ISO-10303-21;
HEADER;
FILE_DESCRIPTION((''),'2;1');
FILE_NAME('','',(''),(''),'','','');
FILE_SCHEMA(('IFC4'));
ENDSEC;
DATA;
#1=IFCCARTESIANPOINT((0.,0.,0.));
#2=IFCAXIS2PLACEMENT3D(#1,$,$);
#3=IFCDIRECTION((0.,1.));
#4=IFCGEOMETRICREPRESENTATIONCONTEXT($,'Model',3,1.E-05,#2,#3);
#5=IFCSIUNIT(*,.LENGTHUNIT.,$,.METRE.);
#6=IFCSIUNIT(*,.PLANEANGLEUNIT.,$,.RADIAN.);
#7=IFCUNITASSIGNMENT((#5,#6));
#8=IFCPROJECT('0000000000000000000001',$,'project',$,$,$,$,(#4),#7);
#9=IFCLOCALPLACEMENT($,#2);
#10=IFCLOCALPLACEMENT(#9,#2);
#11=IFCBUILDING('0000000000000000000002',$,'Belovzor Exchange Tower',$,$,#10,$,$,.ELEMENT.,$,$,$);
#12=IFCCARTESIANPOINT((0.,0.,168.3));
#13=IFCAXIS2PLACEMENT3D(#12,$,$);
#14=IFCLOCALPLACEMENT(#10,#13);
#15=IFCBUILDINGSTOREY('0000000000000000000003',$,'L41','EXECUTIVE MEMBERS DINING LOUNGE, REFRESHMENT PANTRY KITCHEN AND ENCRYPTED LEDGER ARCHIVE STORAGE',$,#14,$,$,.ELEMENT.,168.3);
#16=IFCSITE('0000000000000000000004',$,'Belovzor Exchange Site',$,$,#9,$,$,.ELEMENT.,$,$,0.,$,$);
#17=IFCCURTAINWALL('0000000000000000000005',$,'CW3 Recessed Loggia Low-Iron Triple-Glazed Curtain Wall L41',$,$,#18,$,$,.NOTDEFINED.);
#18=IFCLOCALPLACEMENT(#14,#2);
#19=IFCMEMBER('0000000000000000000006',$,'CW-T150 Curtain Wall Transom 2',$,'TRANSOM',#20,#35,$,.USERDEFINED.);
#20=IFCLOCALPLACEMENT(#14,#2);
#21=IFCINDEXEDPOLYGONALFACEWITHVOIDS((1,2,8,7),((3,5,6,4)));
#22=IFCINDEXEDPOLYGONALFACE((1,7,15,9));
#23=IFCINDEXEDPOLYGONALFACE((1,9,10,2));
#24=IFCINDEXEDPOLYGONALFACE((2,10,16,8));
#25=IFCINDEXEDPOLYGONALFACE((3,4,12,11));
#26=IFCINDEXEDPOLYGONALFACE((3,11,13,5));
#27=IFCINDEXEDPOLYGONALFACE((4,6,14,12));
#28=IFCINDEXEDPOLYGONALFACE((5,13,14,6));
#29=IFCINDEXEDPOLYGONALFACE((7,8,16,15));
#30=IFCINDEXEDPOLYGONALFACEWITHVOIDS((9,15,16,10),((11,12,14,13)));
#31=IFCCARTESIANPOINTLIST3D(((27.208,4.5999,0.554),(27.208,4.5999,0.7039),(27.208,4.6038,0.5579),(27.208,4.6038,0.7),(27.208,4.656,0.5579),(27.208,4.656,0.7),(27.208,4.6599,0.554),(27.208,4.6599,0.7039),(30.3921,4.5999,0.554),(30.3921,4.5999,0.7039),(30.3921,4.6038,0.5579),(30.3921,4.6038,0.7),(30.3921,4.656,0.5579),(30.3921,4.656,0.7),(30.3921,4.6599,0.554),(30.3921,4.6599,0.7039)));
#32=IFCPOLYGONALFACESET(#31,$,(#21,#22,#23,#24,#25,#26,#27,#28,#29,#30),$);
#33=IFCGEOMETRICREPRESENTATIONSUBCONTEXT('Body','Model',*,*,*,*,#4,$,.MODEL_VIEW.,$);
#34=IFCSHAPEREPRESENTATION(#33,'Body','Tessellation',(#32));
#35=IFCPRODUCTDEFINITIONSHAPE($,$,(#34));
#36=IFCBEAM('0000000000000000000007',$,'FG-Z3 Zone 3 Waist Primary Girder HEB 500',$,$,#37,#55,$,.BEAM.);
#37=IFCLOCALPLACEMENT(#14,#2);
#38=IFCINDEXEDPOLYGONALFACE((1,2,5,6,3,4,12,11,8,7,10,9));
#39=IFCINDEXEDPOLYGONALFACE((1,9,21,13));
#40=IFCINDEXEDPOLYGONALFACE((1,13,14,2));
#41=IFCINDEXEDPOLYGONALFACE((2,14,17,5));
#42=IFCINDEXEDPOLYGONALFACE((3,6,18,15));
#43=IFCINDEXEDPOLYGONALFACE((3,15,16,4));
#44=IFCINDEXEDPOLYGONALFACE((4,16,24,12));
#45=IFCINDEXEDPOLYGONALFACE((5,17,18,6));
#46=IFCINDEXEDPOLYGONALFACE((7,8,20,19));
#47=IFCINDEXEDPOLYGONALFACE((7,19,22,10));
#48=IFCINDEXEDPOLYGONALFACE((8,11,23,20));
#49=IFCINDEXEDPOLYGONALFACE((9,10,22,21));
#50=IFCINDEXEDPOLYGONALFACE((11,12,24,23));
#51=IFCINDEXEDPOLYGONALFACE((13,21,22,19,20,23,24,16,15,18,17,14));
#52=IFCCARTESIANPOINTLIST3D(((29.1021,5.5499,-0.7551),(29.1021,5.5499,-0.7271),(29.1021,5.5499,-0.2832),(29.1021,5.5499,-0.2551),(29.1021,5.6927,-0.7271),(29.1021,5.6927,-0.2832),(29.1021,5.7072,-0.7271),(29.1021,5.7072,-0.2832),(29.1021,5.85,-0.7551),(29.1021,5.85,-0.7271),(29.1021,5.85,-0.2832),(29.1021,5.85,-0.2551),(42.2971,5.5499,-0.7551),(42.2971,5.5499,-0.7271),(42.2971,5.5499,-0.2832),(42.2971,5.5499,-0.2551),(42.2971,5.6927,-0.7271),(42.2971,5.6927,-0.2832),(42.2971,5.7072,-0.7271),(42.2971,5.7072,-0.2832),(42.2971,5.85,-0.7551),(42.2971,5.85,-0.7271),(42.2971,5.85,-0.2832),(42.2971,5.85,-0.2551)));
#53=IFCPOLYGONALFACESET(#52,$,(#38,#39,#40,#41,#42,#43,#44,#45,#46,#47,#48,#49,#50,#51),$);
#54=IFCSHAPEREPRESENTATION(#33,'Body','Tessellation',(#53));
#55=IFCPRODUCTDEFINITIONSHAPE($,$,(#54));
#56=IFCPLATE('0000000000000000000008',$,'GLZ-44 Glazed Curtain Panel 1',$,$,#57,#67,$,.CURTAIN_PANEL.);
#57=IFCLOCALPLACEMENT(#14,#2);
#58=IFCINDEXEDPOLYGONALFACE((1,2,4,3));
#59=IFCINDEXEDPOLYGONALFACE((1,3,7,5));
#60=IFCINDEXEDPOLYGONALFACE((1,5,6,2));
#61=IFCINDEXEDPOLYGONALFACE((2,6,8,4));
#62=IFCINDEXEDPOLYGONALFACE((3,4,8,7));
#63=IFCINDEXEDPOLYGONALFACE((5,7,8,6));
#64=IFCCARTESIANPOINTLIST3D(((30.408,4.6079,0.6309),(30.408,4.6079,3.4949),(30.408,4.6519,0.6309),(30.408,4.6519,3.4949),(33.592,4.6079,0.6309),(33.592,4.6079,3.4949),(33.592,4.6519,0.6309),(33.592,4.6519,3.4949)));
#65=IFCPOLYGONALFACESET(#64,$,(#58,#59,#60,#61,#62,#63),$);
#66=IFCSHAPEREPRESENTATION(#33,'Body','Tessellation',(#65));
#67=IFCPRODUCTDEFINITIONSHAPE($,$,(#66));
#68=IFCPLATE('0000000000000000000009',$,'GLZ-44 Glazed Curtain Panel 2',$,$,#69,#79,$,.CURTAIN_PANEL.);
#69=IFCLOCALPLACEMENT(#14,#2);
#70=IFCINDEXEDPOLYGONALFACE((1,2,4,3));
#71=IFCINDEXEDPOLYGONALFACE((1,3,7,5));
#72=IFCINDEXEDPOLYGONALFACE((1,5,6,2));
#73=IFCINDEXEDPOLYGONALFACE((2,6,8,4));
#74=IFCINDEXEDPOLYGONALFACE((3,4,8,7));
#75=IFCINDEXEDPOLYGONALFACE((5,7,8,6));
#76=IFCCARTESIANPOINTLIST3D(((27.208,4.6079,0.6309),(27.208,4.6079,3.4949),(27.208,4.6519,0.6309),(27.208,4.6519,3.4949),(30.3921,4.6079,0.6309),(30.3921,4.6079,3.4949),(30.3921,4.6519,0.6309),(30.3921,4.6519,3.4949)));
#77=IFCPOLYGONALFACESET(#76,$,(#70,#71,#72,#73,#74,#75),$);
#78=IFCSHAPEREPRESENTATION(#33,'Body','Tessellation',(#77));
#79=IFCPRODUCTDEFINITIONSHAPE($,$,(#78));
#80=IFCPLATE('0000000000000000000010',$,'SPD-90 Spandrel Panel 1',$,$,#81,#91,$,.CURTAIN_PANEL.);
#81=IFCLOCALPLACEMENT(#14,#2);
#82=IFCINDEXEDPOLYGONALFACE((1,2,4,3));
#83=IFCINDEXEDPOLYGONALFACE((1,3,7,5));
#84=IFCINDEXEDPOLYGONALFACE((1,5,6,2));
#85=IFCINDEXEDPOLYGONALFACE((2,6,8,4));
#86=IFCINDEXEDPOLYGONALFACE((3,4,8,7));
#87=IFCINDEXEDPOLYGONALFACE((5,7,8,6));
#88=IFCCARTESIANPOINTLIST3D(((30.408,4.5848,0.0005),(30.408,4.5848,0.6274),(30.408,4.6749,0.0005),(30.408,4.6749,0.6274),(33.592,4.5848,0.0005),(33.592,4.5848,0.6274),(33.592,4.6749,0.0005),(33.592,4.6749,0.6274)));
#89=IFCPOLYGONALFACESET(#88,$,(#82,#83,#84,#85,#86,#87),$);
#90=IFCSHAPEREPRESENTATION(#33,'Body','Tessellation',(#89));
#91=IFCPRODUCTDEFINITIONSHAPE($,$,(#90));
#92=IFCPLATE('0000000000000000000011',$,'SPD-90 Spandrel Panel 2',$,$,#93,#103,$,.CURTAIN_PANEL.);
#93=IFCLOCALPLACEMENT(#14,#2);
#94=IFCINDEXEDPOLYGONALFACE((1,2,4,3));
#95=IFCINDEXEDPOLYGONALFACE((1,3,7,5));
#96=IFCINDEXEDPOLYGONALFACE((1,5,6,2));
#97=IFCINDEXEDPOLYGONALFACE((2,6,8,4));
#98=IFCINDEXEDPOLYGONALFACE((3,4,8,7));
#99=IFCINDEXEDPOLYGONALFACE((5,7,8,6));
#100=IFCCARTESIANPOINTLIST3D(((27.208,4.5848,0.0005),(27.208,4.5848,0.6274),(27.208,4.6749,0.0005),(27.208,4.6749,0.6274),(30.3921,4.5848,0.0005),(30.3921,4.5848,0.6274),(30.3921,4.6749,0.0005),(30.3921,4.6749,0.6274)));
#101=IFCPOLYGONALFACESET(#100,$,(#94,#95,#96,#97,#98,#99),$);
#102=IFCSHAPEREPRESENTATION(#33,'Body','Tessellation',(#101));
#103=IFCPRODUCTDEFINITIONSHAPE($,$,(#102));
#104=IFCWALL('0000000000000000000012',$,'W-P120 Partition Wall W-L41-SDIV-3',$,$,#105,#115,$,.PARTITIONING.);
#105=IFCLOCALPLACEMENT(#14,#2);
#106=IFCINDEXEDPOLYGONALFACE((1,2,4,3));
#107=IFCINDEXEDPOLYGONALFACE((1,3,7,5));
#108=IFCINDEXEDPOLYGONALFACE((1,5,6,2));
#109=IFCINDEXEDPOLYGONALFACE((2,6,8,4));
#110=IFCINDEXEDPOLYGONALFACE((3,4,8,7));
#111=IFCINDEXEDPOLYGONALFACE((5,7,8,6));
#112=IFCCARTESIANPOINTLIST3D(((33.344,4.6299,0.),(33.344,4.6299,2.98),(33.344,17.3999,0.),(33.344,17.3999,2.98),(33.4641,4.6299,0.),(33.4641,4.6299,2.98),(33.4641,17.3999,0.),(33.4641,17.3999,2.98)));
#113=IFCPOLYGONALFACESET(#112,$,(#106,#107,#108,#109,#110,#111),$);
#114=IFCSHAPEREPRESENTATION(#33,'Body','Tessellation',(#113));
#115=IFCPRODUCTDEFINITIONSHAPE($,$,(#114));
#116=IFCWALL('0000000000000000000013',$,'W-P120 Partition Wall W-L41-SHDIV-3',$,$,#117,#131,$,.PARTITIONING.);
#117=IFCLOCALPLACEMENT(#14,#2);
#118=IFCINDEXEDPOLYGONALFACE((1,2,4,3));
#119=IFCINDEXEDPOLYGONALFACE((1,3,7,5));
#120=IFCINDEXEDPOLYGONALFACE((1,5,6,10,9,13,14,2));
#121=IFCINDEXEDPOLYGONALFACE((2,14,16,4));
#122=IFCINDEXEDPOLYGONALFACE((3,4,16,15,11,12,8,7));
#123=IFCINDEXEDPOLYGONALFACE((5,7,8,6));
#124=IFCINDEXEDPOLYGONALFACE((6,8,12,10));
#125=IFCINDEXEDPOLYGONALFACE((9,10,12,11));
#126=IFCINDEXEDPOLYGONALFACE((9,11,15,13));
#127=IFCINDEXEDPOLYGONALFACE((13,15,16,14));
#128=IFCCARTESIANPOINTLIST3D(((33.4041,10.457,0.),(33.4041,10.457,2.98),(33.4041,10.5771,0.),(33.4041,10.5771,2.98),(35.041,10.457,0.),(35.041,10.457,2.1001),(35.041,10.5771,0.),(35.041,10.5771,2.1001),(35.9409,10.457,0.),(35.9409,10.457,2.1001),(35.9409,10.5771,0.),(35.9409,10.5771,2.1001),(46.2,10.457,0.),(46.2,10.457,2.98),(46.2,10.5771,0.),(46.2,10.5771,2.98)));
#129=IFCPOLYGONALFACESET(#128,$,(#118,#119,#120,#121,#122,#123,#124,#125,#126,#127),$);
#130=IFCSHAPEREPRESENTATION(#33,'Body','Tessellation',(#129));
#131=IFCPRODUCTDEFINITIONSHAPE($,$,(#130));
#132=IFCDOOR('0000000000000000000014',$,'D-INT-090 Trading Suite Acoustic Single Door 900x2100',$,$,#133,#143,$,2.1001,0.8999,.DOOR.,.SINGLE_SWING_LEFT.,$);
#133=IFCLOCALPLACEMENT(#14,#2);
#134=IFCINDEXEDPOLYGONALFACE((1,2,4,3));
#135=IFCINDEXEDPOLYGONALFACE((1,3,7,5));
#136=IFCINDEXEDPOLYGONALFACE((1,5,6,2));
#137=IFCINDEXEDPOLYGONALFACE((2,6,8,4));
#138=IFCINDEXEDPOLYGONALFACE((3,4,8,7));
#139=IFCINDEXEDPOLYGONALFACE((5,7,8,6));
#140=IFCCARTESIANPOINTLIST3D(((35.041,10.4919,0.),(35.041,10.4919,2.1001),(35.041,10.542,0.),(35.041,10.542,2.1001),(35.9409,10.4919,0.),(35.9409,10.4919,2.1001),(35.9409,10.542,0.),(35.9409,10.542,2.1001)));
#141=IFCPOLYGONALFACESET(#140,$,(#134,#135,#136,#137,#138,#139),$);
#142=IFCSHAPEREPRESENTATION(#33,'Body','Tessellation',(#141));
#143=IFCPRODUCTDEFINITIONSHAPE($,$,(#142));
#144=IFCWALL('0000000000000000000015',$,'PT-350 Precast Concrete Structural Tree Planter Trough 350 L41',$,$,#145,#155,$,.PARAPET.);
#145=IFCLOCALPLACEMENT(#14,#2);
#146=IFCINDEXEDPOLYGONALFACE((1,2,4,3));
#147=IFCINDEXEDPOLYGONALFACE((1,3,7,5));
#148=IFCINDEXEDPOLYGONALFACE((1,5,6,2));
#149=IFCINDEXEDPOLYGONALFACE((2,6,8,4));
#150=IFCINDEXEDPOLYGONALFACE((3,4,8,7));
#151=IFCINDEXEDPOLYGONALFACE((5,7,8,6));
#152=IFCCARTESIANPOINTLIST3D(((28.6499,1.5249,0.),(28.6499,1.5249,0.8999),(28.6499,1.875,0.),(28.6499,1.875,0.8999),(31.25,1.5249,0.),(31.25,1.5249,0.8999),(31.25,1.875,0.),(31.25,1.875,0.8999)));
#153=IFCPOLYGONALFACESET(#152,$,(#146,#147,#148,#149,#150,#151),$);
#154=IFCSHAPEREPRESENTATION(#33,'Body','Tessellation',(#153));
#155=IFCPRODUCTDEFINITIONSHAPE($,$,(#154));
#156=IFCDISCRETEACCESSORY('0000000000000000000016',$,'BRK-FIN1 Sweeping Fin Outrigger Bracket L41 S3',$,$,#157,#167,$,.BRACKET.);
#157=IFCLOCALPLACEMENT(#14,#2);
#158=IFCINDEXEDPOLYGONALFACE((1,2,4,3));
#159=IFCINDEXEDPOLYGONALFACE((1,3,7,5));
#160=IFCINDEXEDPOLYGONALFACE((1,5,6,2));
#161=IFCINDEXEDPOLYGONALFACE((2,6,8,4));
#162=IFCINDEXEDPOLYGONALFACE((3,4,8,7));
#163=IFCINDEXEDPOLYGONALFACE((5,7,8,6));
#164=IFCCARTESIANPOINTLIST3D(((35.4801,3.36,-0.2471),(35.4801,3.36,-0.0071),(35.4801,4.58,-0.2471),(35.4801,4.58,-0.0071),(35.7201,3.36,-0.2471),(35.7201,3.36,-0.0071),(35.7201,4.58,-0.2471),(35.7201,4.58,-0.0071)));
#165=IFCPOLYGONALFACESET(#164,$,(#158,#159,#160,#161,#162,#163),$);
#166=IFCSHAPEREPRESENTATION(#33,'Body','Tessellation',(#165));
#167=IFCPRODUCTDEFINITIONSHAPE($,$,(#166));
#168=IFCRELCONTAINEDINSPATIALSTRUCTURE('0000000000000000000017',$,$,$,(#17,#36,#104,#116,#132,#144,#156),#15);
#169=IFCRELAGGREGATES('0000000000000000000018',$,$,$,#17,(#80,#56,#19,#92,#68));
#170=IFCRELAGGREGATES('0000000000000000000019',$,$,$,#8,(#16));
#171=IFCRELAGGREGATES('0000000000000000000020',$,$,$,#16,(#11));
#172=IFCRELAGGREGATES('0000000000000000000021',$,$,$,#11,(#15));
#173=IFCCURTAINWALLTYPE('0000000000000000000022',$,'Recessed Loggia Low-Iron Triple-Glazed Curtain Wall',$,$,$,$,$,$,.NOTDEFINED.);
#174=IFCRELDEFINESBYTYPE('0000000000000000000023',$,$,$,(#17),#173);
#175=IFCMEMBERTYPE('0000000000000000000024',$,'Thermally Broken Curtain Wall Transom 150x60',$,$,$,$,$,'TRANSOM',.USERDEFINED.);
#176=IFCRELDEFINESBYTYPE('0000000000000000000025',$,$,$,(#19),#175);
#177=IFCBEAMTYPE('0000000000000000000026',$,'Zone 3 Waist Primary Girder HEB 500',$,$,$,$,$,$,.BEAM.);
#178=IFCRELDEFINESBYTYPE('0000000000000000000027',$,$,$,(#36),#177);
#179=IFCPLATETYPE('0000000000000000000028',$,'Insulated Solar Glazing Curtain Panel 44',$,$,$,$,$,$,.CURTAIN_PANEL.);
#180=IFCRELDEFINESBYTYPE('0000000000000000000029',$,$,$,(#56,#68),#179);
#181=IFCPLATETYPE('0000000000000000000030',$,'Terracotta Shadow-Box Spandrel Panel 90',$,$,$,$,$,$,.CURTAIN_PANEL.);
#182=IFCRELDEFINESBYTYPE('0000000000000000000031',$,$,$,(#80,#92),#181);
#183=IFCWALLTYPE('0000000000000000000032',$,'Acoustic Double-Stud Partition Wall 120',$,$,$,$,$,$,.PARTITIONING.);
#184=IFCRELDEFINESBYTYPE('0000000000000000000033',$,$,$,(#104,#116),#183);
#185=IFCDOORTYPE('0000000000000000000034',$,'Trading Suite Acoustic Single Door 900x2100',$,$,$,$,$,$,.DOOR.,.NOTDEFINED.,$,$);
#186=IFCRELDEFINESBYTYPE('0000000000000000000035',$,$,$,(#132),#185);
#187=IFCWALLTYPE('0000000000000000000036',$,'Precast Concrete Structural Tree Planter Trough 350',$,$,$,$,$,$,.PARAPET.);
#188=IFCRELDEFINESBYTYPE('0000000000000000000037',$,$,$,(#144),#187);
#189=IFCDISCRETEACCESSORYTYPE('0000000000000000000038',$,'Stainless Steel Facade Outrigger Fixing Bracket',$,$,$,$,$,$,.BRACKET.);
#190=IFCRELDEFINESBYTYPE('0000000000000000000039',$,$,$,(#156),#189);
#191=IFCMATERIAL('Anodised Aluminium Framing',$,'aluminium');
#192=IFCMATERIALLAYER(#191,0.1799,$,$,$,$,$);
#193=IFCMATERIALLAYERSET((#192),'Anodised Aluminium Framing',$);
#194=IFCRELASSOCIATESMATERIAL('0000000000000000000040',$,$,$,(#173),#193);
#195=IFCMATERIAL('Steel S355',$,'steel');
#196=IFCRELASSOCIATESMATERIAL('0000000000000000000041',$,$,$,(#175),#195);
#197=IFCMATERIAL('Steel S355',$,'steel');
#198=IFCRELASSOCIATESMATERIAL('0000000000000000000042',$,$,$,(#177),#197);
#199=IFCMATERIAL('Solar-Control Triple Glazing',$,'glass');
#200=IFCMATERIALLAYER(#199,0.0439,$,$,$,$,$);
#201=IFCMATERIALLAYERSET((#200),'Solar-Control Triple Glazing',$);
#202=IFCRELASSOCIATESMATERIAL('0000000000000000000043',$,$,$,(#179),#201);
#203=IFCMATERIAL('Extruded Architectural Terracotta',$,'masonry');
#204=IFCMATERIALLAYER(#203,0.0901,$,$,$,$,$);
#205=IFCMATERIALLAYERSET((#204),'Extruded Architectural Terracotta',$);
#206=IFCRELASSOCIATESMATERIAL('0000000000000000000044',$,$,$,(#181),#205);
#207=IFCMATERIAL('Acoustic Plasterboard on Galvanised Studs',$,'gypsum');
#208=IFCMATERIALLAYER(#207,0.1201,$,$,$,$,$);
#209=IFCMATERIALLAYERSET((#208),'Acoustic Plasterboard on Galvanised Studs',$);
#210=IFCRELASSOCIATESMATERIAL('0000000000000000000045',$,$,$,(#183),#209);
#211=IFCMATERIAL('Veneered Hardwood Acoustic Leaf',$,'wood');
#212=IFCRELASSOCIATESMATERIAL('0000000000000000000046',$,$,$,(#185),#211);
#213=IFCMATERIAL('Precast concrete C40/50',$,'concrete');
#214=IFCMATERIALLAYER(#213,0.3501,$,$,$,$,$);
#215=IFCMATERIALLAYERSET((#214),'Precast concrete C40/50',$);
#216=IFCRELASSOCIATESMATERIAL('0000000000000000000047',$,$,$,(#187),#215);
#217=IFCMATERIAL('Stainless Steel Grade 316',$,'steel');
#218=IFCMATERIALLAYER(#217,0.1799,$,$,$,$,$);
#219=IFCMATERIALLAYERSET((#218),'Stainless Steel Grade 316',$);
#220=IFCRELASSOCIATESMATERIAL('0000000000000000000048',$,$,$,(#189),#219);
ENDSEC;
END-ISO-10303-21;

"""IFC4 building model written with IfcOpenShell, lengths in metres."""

from ifc_helpers import new_model, si_unit, direction, frame, frame_2d, origin, origin_2d, place, context, subcontext, project, spatial, rectangle, hollow_rectangle, i_section, extrude, material, layer, layer_set, material_profile, profile_set, type_object, element, fill, aggregate, save


model = new_model("IFC4")

# Units and contexts
model_context = context("Model", 3, precision=1e-05, world=origin(), true_north=direction((0.0, 1.0)))
body_context = subcontext(model_context, "Body", "Model", "MODEL_VIEW")
ifc_project = project(units=[si_unit("LENGTHUNIT", "METRE"), si_unit("PLANEANGLEUNIT", "RADIAN")], contexts=[model_context])

# Site, building, storey
site_placement = place(None, origin())
site = spatial("IfcSite", under=ifc_project, at=site_placement, Name="Belovzor Exchange Site", CompositionType="ELEMENT", RefElevation=0.0)
building_placement = place(site_placement, origin())
building = spatial("IfcBuilding", under=site, at=building_placement, Name="Belovzor Exchange Tower", CompositionType="ELEMENT")
storey_placement = place(building_placement, frame((0.0, 0.0, 168.3)))
storey = spatial("IfcBuildingStorey", under=building, at=storey_placement, Name="L41", Description="EXECUTIVE MEMBERS DINING LOUNGE, REFRESHMENT PANTRY KITCHEN AND ENCRYPTED LEDGER ARCHIVE STORAGE", CompositionType="ELEMENT", Elevation=168.3)

# Curtain wall, member
ifc_material_1 = material(Name="Anodised Aluminium Framing", Category="aluminium")
ifc_layer_1 = layer(ifc_material_1, 0.1799)
ifc_layer_set_1 = layer_set([ifc_layer_1], Name="Anodised Aluminium Framing")
curtain_wall_type = type_object("IfcCurtainWallType", Name="Recessed Loggia Low-Iron Triple-Glazed Curtain Wall", PredefinedType="NOTDEFINED", material=ifc_layer_set_1)
curtain_wall_placement = place(storey_placement, origin())
curtain_wall = element("IfcCurtainWall", 1, at=curtain_wall_placement, inside=storey, type_object=curtain_wall_type, Name="CW3 Recessed Loggia Low-Iron Triple-Glazed Curtain Wall L41", PredefinedType="NOTDEFINED")
ifc_material_2 = material(Name="Steel S355", Category="steel")
ifc_material_profile_1 = material_profile(ifc_material_2, hollow_rectangle(XDim=0.0601, YDim=0.1499, WallThickness=0.0039, at=origin_2d()))
ifc_profile_set_1 = profile_set([ifc_material_profile_1], Name="Steel S355")
member_type_1 = type_object("IfcMemberType", Name="Thermally Broken Curtain Wall Transom 150x60", ElementType="TRANSOM", PredefinedType="USERDEFINED", material=ifc_profile_set_1)
member_1_placement = place(storey_placement, frame((30.3921, 4.6299, 0.6289), z_axis=(-1.0, 0.0, 0.0), x_axis=(0.0, -1.0, 0.0)))
member_1 = element("IfcMember", 2, at=member_1_placement, type_object=member_type_1, Name="CW-T150 Curtain Wall Transom 2", ObjectType="TRANSOM", PredefinedType="USERDEFINED", context=body_context, shape_type="SweptSolid", body=[
    extrude(hollow_rectangle(XDim=0.0601, YDim=0.1499, WallThickness=0.0039, at=origin_2d()), origin(), (0.0, 0.0, 1.0), 3.1841),
])

# Beam
ifc_material_3 = material(Name="Steel S355", Category="steel")
ifc_material_profile_2 = material_profile(ifc_material_3, i_section(OverallWidth=0.3, OverallDepth=0.5, WebThickness=0.0144, FlangeThickness=0.0281, at=origin_2d()))
ifc_profile_set_2 = profile_set([ifc_material_profile_2], Name="Steel S355")
beam_type_1 = type_object("IfcBeamType", Name="Zone 3 Waist Primary Girder HEB 500", PredefinedType="BEAM", material=ifc_profile_set_2)
beam_1_placement = place(storey_placement, frame((29.1021, 5.7, -0.5051), z_axis=(1.0, 0.0, 0.0), x_axis=(0.0, 1.0, 0.0)))
element("IfcBeam", 3, at=beam_1_placement, inside=storey, type_object=beam_type_1, Name="FG-Z3 Zone 3 Waist Primary Girder HEB 500", PredefinedType="BEAM", context=body_context, shape_type="SweptSolid", body=[
    extrude(i_section(OverallWidth=0.3, OverallDepth=0.5, WebThickness=0.0144, FlangeThickness=0.0281, at=origin_2d()), origin(), (0.0, 0.0, 1.0), 13.1951),
])

# Plates
ifc_material_4 = material(Name="Solar-Control Triple Glazing", Category="glass")
ifc_layer_2 = layer(ifc_material_4, 0.0439)
ifc_layer_set_2 = layer_set([ifc_layer_2], Name="Solar-Control Triple Glazing")
plate_type_1 = type_object("IfcPlateType", Name="Insulated Solar Glazing Curtain Panel 44", PredefinedType="CURTAIN_PANEL", material=ifc_layer_set_2)
plate_1_placement = place(storey_placement, frame((32.0, 4.6299, 0.6309), z_axis=(0.0, 0.0, 1.0), x_axis=(-1.0, 0.0, 0.0)))
plate_1 = element("IfcPlate", 4, at=plate_1_placement, type_object=plate_type_1, Name="GLZ-44 Glazed Curtain Panel 1", PredefinedType="CURTAIN_PANEL", context=body_context, shape_type="SweptSolid", body=[
    extrude(rectangle(XDim=3.1841, YDim=0.0439, at=origin_2d()), origin(), (0.0, 0.0, 1.0), 2.864),
])
plate_2_placement = place(storey_placement, frame((28.8, 4.6299, 0.6309), z_axis=(0.0, 0.0, 1.0), x_axis=(-1.0, 0.0, 0.0)))
plate_2 = element("IfcPlate", 5, at=plate_2_placement, type_object=plate_type_1, Name="GLZ-44 Glazed Curtain Panel 2", PredefinedType="CURTAIN_PANEL", context=body_context, shape_type="SweptSolid", body=[
    extrude(rectangle(XDim=3.1841, YDim=0.0439, at=origin_2d()), origin(), (0.0, 0.0, 1.0), 2.864),
])
ifc_material_5 = material(Name="Extruded Architectural Terracotta", Category="masonry")
ifc_layer_3 = layer(ifc_material_5, 0.0901)
ifc_layer_set_3 = layer_set([ifc_layer_3], Name="Extruded Architectural Terracotta")
plate_type_2 = type_object("IfcPlateType", Name="Terracotta Shadow-Box Spandrel Panel 90", PredefinedType="CURTAIN_PANEL", material=ifc_layer_set_3)
plate_3_placement = place(storey_placement, frame((32.0, 4.6299, 0.0005), z_axis=(0.0, 0.0, 1.0), x_axis=(-1.0, 0.0, 0.0)))
plate_3 = element("IfcPlate", 6, at=plate_3_placement, type_object=plate_type_2, Name="SPD-90 Spandrel Panel 1", PredefinedType="CURTAIN_PANEL", context=body_context, shape_type="SweptSolid", body=[
    extrude(rectangle(XDim=3.1841, YDim=0.0901, at=origin_2d()), origin(), (0.0, 0.0, 1.0), 0.627),
])
plate_4_placement = place(storey_placement, frame((28.8, 4.6299, 0.0005), z_axis=(0.0, 0.0, 1.0), x_axis=(-1.0, 0.0, 0.0)))
plate_4 = element("IfcPlate", 7, at=plate_4_placement, type_object=plate_type_2, Name="SPD-90 Spandrel Panel 2", PredefinedType="CURTAIN_PANEL", context=body_context, shape_type="SweptSolid", body=[
    extrude(rectangle(XDim=3.1841, YDim=0.0901, at=origin_2d()), origin(), (0.0, 0.0, 1.0), 0.627),
])
aggregate(curtain_wall, [plate_3, plate_1, member_1, plate_4, plate_2])

# Wall
ifc_material_6 = material(Name="Acoustic Plasterboard on Galvanised Studs", Category="gypsum")
ifc_layer_4 = layer(ifc_material_6, 0.1201)
ifc_layer_set_4 = layer_set([ifc_layer_4], Name="Acoustic Plasterboard on Galvanised Studs")
wall_type_1 = type_object("IfcWallType", Name="Acoustic Double-Stud Partition Wall 120", PredefinedType="PARTITIONING", material=ifc_layer_set_4)
wall_1_placement = place(storey_placement, frame((33.4041, 4.6299, 0.0), z_axis=(0.0, 0.0, 1.0), x_axis=(0.0, 1.0, 0.0)))
element("IfcWall", 8, at=wall_1_placement, inside=storey, type_object=wall_type_1, Name="W-P120 Partition Wall W-L41-SDIV-3", PredefinedType="PARTITIONING", context=body_context, shape_type="SweptSolid", body=[
    extrude(rectangle(XDim=12.77, YDim=0.1201, at=frame_2d((6.385, 0.0))), origin(), (0.0, 0.0, 1.0), 2.98),
])

# Wall, opening, door
wall_2_placement = place(storey_placement, frame((33.4041, 10.5171, 0.0), z_axis=(0.0, 0.0, 1.0), x_axis=(1.0, 0.0, 0.0)))
wall_2 = element("IfcWall", 9, at=wall_2_placement, inside=storey, type_object=wall_type_1, Name="W-P120 Partition Wall W-L41-SHDIV-3", PredefinedType="PARTITIONING", context=body_context, shape_type="SweptSolid", body=[
    extrude(rectangle(XDim=12.7959, YDim=0.1201, at=frame_2d((6.3979, 0.0))), origin(), (0.0, 0.0, 1.0), 2.98),
])
opening_placement = place(wall_2_placement, frame((1.637, 0.0, 0.0)))
opening = element("IfcOpeningElement", 10, at=opening_placement, cuts=wall_2, PredefinedType="OPENING", context=body_context, shape_type="SweptSolid", body=[
    extrude(rectangle(XDim=0.8999, YDim=2.1001, at=frame_2d((0.45, 1.05))), frame((0.0, 0.0701, 0.0), z_axis=(0.0, -1.0, 0.0), x_axis=(1.0, 0.0, 0.0)), (0.0, 0.0, 1.0), 0.1401),
])
ifc_material_7 = material(Name="Veneered Hardwood Acoustic Leaf", Category="wood")
door_type = type_object("IfcDoorType", Name="Trading Suite Acoustic Single Door 900x2100", OperationType="NOTDEFINED", PredefinedType="DOOR", material=ifc_material_7)
door_placement = place(opening_placement, origin())
door = element("IfcDoor", 11, at=door_placement, inside=storey, type_object=door_type, Name="D-INT-090 Trading Suite Acoustic Single Door 900x2100", OperationType="SINGLE_SWING_LEFT", OverallHeight=2.1001, OverallWidth=0.8999, PredefinedType="DOOR", context=body_context, shape_type="SweptSolid", body=[
    extrude(rectangle(XDim=0.8999, YDim=2.1001, at=frame_2d((0.45, 1.05))), frame((0.0, 0.0249, 0.0), z_axis=(0.0, -1.0, 0.0), x_axis=(1.0, 0.0, 0.0)), (0.0, 0.0, 1.0), 0.05),
])
fill(opening, door)

# Wall
ifc_material_8 = material(Name="Precast concrete C40/50", Category="concrete")
ifc_layer_5 = layer(ifc_material_8, 0.3501)
ifc_layer_set_5 = layer_set([ifc_layer_5], Name="Precast concrete C40/50")
wall_type_2 = type_object("IfcWallType", Name="Precast Concrete Structural Tree Planter Trough 350", PredefinedType="PARAPET", material=ifc_layer_set_5)
wall_3_placement = place(storey_placement, frame((28.6499, 1.7, 0.0), z_axis=(0.0, 0.0, 1.0), x_axis=(1.0, 0.0, 0.0)))
element("IfcWall", 12, at=wall_3_placement, inside=storey, type_object=wall_type_2, Name="PT-350 Precast Concrete Structural Tree Planter Trough 350 L41", PredefinedType="PARAPET", context=body_context, shape_type="SweptSolid", body=[
    extrude(rectangle(XDim=2.6001, YDim=0.3501, at=frame_2d((1.3, 0.0))), origin(), (0.0, 0.0, 1.0), 0.8999),
])

# Discrete accessory
ifc_material_9 = material(Name="Stainless Steel Grade 316", Category="steel")
ifc_layer_6 = layer(ifc_material_9, 0.1799)
ifc_layer_set_6 = layer_set([ifc_layer_6], Name="Stainless Steel Grade 316")
discrete_accessory_type = type_object("IfcDiscreteAccessoryType", Name="Stainless Steel Facade Outrigger Fixing Bracket", PredefinedType="BRACKET", material=ifc_layer_set_6)
discrete_accessory_placement = place(storey_placement, frame((35.6001, 3.97, -0.2471), z_axis=(0.0, 0.0, 1.0), x_axis=(0.0, 1.0, 0.0)))
element("IfcDiscreteAccessory", 13, at=discrete_accessory_placement, inside=storey, type_object=discrete_accessory_type, Name="BRK-FIN1 Sweeping Fin Outrigger Bracket L41 S3", PredefinedType="BRACKET", context=body_context, shape_type="SweptSolid", body=[
    extrude(rectangle(XDim=1.22, YDim=0.24, at=origin_2d()), origin(), (0.0, 0.0, 1.0), 0.24),
])

save(model, "model.ifc")
